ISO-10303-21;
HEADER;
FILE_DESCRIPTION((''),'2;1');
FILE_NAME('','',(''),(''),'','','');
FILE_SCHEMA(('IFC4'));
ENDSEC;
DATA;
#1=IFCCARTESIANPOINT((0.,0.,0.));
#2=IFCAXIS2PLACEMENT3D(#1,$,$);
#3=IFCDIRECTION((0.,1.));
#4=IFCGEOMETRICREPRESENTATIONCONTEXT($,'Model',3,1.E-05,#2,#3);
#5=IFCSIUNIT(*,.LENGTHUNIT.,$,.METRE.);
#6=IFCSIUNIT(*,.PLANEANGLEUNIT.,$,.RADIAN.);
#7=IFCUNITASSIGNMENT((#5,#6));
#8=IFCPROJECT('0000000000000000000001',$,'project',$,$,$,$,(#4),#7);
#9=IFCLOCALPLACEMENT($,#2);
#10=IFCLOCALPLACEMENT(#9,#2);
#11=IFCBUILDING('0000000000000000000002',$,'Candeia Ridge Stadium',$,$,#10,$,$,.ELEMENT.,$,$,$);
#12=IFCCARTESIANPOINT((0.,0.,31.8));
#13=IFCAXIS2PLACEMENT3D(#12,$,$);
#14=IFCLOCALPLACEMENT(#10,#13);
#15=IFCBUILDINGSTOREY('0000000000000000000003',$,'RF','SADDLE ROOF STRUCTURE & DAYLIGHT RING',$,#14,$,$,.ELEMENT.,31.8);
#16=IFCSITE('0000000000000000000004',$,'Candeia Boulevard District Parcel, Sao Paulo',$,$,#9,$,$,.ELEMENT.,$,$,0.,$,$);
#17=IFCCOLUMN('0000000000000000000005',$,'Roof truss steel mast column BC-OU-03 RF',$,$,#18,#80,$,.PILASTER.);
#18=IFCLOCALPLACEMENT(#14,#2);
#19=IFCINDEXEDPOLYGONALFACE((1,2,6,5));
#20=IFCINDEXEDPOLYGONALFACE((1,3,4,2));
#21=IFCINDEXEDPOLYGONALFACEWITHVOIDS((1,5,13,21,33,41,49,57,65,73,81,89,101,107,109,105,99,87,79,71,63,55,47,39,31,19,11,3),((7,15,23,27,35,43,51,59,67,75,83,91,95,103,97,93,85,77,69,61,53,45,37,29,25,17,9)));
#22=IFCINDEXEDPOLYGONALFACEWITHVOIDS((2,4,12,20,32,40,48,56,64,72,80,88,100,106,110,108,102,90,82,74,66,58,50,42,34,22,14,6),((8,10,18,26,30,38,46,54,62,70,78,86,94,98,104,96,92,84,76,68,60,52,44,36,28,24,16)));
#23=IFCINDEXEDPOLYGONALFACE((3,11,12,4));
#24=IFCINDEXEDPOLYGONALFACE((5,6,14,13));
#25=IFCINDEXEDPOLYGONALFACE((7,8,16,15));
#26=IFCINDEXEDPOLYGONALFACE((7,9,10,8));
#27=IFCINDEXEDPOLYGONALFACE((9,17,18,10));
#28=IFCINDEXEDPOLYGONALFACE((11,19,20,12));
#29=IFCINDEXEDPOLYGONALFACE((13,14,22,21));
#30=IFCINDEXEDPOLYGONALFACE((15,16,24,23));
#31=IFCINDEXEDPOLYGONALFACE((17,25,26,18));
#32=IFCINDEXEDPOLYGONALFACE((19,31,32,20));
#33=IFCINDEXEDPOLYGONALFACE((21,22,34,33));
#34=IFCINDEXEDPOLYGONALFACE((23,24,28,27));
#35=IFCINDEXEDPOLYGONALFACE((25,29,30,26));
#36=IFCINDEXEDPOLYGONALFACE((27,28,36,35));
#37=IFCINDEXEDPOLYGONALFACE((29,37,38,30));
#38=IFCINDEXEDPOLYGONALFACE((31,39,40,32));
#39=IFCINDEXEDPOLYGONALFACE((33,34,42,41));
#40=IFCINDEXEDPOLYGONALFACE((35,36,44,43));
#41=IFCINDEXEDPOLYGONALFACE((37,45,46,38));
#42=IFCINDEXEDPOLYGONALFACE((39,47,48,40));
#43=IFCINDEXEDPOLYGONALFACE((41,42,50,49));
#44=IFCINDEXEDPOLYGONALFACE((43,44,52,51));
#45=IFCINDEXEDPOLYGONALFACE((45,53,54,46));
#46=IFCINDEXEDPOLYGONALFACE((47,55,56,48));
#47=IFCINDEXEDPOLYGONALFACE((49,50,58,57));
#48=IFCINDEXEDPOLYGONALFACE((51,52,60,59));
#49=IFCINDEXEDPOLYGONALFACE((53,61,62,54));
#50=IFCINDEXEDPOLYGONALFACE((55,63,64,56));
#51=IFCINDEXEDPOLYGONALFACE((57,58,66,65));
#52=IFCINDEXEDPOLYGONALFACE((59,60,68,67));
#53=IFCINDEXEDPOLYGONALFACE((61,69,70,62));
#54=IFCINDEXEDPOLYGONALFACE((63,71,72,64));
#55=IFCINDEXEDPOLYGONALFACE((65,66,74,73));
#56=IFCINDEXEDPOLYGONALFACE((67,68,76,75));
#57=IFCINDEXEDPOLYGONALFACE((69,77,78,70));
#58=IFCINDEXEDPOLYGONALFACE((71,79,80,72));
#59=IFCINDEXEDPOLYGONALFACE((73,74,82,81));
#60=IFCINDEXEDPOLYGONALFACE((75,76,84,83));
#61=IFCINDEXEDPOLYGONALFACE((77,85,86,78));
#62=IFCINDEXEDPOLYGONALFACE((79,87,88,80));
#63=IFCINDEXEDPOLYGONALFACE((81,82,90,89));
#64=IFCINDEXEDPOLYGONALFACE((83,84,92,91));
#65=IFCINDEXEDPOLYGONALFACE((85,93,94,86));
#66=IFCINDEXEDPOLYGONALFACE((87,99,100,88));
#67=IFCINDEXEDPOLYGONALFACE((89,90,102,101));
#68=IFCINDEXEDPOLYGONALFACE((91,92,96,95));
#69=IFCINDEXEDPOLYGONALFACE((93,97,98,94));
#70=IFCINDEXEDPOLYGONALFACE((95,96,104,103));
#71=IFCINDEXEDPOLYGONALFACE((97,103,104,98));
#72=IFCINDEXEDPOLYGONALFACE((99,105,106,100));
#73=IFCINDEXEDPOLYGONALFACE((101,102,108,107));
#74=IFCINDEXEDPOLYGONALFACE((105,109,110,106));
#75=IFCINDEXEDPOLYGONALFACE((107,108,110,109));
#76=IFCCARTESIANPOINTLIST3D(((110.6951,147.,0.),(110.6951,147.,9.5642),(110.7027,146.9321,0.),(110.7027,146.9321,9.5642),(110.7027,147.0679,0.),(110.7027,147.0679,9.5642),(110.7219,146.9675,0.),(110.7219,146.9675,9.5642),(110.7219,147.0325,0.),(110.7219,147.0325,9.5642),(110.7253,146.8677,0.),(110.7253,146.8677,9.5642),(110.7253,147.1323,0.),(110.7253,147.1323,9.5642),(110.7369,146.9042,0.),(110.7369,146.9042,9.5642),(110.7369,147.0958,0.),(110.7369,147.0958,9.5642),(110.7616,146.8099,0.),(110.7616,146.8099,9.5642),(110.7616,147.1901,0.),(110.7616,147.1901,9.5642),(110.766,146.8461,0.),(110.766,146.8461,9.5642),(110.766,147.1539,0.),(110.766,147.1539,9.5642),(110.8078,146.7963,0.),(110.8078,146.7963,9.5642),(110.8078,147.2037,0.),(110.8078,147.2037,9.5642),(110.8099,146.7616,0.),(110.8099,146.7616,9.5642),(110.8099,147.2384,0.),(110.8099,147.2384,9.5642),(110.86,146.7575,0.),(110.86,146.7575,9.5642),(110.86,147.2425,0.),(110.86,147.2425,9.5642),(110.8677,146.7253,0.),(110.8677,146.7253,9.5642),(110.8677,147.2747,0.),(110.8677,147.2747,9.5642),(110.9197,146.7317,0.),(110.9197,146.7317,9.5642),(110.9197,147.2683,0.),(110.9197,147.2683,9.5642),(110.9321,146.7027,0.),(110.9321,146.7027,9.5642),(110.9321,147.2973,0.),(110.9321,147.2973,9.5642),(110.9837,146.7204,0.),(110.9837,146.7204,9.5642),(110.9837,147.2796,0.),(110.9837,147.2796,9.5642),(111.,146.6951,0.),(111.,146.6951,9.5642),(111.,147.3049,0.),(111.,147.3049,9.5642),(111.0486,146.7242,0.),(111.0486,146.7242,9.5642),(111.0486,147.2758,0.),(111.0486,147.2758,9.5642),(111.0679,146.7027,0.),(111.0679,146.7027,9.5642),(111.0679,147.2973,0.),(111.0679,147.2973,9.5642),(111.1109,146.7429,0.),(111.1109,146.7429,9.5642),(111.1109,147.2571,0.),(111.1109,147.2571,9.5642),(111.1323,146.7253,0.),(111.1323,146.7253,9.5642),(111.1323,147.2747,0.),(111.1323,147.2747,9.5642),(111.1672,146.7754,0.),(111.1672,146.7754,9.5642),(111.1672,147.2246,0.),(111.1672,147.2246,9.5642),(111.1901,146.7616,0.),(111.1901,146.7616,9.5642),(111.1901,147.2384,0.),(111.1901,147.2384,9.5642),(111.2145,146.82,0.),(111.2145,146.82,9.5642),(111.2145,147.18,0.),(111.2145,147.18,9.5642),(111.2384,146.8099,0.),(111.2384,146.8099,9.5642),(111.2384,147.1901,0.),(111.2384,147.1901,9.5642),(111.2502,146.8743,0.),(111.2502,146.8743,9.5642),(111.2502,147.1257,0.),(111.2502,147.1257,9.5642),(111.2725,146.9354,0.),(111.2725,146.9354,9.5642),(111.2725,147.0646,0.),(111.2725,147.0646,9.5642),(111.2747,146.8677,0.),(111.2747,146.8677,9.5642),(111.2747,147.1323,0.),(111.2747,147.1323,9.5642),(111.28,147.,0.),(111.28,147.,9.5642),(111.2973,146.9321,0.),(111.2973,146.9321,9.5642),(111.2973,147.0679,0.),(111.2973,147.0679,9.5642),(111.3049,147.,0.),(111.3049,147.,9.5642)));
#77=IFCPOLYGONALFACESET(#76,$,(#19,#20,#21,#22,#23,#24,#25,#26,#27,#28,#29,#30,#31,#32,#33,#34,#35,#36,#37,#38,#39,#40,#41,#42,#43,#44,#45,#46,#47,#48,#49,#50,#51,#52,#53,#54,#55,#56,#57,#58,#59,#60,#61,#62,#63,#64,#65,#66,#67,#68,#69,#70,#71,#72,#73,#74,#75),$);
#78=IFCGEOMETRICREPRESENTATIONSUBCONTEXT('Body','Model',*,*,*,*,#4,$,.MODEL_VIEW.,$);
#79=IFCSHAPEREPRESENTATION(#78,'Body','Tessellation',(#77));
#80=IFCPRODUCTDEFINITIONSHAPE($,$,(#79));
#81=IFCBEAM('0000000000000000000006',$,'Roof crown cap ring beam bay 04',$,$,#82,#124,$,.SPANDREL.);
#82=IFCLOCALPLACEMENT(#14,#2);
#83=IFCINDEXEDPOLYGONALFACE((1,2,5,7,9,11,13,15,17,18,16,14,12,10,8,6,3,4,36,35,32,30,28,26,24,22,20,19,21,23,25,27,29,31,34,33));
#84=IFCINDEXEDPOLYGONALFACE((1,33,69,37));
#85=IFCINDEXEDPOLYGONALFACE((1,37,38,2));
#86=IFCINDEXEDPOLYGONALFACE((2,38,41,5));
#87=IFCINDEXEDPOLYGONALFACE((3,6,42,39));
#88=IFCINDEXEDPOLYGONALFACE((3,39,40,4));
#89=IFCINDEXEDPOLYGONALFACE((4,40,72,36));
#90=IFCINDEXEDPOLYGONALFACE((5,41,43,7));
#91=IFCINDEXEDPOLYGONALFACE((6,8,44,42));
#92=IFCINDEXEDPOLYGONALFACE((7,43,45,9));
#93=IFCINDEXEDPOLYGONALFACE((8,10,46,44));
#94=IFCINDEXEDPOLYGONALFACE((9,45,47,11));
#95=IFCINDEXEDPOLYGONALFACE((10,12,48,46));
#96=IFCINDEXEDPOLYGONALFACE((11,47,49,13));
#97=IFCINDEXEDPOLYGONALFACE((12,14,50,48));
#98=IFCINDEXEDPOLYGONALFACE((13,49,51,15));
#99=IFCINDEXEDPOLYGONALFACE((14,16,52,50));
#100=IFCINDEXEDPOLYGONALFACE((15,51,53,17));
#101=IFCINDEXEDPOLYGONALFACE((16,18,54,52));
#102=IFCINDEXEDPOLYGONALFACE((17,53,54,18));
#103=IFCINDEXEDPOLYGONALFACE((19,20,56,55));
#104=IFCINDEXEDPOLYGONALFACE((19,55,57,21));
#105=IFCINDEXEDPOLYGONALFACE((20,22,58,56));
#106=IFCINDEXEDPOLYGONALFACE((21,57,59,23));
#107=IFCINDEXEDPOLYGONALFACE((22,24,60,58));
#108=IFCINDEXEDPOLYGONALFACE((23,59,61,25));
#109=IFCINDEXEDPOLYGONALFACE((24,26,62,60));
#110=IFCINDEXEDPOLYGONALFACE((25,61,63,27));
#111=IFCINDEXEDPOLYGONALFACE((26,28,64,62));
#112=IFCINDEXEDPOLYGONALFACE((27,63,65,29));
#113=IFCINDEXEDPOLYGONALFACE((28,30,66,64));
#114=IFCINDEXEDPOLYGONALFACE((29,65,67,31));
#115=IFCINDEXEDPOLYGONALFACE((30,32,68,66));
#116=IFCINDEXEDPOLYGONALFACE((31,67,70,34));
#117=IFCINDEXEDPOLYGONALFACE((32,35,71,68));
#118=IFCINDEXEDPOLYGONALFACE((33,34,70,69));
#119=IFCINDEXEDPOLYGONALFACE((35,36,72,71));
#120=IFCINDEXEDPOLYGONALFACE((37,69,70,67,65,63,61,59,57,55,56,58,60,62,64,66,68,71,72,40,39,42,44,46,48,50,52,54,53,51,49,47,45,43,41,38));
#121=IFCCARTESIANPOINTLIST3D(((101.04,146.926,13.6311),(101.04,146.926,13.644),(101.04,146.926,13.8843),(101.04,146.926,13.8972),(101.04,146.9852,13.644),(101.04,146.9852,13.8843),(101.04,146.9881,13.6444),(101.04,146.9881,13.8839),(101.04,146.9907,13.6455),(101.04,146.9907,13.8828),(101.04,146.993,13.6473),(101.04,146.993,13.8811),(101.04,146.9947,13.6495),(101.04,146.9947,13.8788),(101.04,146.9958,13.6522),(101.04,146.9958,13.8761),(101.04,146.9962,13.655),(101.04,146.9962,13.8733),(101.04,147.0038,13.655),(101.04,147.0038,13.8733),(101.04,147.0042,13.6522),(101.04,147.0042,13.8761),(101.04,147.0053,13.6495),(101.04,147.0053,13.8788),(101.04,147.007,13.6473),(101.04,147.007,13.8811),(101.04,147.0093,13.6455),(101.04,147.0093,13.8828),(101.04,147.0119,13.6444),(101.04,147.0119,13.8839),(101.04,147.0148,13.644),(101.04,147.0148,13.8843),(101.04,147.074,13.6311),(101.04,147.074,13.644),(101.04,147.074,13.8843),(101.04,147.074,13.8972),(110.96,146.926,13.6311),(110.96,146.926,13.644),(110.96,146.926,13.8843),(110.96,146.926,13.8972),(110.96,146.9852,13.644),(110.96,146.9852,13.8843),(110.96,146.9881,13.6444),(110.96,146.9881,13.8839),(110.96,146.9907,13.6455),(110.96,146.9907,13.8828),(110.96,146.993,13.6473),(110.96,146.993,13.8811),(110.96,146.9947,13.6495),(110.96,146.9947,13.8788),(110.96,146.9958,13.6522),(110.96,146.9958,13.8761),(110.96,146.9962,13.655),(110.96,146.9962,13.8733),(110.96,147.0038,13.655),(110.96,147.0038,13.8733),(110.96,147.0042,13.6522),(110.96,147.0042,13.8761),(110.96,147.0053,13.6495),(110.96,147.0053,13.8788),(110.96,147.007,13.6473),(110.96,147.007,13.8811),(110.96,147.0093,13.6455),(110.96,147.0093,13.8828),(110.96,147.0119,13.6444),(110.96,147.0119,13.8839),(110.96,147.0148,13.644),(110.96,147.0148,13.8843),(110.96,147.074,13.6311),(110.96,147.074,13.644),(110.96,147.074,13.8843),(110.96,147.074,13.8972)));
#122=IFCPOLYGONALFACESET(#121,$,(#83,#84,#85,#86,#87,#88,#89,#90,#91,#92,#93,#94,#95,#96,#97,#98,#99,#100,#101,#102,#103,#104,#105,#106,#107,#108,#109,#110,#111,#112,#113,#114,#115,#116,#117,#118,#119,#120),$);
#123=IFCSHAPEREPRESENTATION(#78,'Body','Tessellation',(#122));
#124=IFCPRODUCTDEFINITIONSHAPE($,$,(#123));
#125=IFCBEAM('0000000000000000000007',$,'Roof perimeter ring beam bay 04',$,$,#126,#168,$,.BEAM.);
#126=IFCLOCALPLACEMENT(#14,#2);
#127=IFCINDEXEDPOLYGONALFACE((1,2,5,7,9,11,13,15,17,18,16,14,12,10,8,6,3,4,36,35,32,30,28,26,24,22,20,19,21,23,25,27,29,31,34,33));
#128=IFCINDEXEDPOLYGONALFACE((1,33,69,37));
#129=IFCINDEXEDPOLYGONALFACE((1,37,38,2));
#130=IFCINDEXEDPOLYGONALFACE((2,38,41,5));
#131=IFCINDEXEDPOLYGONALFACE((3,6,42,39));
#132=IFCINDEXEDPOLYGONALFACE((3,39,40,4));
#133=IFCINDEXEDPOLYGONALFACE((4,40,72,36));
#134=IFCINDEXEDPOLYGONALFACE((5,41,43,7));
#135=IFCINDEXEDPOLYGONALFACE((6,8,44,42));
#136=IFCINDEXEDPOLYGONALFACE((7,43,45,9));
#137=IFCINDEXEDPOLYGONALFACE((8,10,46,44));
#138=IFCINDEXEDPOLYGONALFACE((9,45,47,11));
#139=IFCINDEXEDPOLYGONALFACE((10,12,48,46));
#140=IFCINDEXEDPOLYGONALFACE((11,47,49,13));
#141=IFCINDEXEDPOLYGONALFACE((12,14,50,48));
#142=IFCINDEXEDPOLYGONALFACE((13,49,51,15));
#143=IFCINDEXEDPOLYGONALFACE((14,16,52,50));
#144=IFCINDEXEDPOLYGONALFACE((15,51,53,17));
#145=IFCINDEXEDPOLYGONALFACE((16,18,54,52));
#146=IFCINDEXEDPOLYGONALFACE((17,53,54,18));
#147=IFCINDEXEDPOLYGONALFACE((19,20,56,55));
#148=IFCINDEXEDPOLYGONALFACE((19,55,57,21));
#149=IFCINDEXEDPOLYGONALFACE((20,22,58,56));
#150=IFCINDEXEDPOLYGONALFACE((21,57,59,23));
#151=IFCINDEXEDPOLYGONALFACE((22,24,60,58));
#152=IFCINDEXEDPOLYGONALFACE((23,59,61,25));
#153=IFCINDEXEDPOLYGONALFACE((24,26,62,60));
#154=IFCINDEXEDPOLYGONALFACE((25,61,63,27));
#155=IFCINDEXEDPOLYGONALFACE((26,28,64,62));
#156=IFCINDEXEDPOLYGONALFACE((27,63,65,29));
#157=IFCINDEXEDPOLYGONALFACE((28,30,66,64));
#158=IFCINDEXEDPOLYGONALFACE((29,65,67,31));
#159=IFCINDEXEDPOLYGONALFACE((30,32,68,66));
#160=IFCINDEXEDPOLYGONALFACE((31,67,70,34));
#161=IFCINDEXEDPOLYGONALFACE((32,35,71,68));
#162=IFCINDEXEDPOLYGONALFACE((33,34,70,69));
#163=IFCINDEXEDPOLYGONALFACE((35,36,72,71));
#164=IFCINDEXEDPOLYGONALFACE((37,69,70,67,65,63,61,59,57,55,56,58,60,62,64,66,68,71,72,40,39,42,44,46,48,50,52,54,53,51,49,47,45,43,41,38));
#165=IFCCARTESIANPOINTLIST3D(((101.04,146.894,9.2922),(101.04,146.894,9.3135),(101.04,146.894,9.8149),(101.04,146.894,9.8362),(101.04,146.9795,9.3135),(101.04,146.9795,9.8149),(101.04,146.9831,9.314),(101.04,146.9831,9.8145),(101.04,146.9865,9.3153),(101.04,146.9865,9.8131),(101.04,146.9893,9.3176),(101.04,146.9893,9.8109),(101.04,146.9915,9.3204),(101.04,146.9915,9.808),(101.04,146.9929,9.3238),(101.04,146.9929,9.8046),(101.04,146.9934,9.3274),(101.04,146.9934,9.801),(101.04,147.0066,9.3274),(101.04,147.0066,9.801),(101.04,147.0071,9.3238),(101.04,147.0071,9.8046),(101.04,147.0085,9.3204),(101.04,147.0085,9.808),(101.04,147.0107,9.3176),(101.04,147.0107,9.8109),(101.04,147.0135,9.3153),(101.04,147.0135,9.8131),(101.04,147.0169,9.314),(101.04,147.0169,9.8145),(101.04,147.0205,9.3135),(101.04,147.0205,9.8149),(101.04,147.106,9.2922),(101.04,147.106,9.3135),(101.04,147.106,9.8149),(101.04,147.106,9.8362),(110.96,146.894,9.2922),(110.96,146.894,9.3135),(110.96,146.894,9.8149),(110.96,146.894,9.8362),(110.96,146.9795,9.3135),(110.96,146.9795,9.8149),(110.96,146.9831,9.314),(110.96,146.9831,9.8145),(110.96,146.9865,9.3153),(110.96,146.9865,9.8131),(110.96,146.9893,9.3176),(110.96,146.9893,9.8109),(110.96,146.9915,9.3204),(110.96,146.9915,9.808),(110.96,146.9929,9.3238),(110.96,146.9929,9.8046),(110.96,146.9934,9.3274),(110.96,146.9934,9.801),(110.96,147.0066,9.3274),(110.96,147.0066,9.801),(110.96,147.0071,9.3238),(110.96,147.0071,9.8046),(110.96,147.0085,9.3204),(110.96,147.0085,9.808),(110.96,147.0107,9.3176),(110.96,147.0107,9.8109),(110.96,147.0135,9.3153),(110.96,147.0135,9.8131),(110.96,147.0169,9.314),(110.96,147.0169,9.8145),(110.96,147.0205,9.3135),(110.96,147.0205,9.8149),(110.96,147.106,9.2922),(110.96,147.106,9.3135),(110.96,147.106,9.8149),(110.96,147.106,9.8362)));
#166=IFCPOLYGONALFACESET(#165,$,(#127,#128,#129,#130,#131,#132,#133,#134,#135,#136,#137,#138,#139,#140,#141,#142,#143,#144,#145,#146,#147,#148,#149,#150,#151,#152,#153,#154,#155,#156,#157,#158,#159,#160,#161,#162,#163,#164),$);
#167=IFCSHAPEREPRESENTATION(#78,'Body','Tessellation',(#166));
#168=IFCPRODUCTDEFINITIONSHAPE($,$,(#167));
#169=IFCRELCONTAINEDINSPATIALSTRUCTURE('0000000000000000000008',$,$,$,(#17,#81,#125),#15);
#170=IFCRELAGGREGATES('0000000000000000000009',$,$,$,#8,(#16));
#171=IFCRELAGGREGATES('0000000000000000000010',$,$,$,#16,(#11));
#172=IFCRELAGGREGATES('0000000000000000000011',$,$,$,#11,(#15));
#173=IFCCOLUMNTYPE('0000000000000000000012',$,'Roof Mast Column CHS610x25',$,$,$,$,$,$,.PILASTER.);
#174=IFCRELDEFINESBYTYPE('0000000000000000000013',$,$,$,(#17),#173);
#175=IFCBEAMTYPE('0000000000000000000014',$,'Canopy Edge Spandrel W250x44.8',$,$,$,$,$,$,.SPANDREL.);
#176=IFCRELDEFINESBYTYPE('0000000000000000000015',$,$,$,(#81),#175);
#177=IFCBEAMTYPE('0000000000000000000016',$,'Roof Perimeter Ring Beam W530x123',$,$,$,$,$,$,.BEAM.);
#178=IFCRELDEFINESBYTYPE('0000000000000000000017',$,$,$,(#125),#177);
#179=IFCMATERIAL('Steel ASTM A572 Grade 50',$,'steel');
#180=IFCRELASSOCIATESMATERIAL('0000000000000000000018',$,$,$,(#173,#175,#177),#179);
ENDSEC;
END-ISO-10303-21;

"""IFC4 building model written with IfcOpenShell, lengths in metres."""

from ifc_helpers import new_model, si_unit, direction, frame, origin, origin_2d, place, context, subcontext, project, spatial, hollow_circle, i_section, extrude, material, material_profile, profile_set, type_object, element, save


model = new_model("IFC4")

# Units and contexts
model_context = context("Model", 3, precision=1e-05, world=origin(), true_north=direction((0.0, 1.0)))
body_context = subcontext(model_context, "Body", "Model", "MODEL_VIEW")
ifc_project = project(units=[si_unit("LENGTHUNIT", "METRE"), si_unit("PLANEANGLEUNIT", "RADIAN")], contexts=[model_context])

# Site, building, storey
site_placement = place(None, origin())
site = spatial("IfcSite", under=ifc_project, at=site_placement, Name="Candeia Boulevard District Parcel, Sao Paulo", CompositionType="ELEMENT", RefElevation=0.0)
building_placement = place(site_placement, origin())
building = spatial("IfcBuilding", under=site, at=building_placement, Name="Candeia Ridge Stadium", CompositionType="ELEMENT")
storey_placement = place(building_placement, frame((0.0, 0.0, 31.8)))
storey = spatial("IfcBuildingStorey", under=building, at=storey_placement, Name="RF", Description="SADDLE ROOF STRUCTURE & DAYLIGHT RING", CompositionType="ELEMENT", Elevation=31.8)

# Column
ifc_material_1 = material(Name="Steel ASTM A572 Grade 50", Category="steel")
ifc_material_profile_1 = material_profile(ifc_material_1, hollow_circle(Radius=0.3049, WallThickness=0.0249, at=origin_2d()), Name="CHS610x25", Category="steel")
ifc_profile_set_1 = profile_set([ifc_material_profile_1], Name="Steel ASTM A572 Grade 50")
column_type = type_object("IfcColumnType", Name="Roof Mast Column CHS610x25", PredefinedType="PILASTER", material=ifc_profile_set_1)
column_placement = place(storey_placement, frame((111.0, 147.0, 0.0), z_axis=(0.0, 0.0, 1.0), x_axis=(1.0, 0.0, 0.0)))
element("IfcColumn", 1, at=column_placement, inside=storey, type_object=column_type, Name="Roof truss steel mast column BC-OU-03 RF", PredefinedType="PILASTER", context=body_context, shape_type="SweptSolid", body=[
    extrude(hollow_circle(Radius=0.3049, WallThickness=0.0249, at=origin_2d()), origin(), (0.0, 0.0, 1.0), 9.5642),
])

# Beams
ifc_material_profile_2 = material_profile(ifc_material_1, i_section(OverallWidth=0.1479, OverallDepth=0.2661, WebThickness=0.0076, FlangeThickness=0.0129, FilletRadius=0.011, at=origin_2d()), Name="W250x44.8", Category="steel")
ifc_profile_set_2 = profile_set([ifc_material_profile_2], Name="Steel ASTM A572 Grade 50")
beam_type_1 = type_object("IfcBeamType", Name="Canopy Edge Spandrel W250x44.8", PredefinedType="SPANDREL", material=ifc_profile_set_2)
beam_1_placement = place(storey_placement, frame((110.96, 147.0, 13.7642), z_axis=(-1.0, 0.0, 0.0), x_axis=(0.0, -1.0, 0.0)))
element("IfcBeam", 2, at=beam_1_placement, inside=storey, type_object=beam_type_1, Name="Roof crown cap ring beam bay 04", PredefinedType="SPANDREL", context=body_context, shape_type="SweptSolid", body=[
    extrude(i_section(OverallWidth=0.1479, OverallDepth=0.2661, WebThickness=0.0076, FlangeThickness=0.0129, FilletRadius=0.011, at=origin_2d()), origin(), (0.0, 0.0, 1.0), 9.9199),
])
ifc_material_profile_3 = material_profile(ifc_material_1, i_section(OverallWidth=0.2119, OverallDepth=0.5439, WebThickness=0.0132, FlangeThickness=0.0212, FilletRadius=0.0139, at=origin_2d()), Name="W530x123", Category="steel")
ifc_profile_set_3 = profile_set([ifc_material_profile_3], Name="Steel ASTM A572 Grade 50")
beam_type_2 = type_object("IfcBeamType", Name="Roof Perimeter Ring Beam W530x123", PredefinedType="BEAM", material=ifc_profile_set_3)
beam_2_placement = place(storey_placement, frame((110.96, 147.0, 9.5642), z_axis=(-1.0, 0.0, 0.0), x_axis=(0.0, -1.0, 0.0)))
element("IfcBeam", 3, at=beam_2_placement, inside=storey, type_object=beam_type_2, Name="Roof perimeter ring beam bay 04", PredefinedType="BEAM", context=body_context, shape_type="SweptSolid", body=[
    extrude(i_section(OverallWidth=0.2119, OverallDepth=0.5439, WebThickness=0.0132, FlangeThickness=0.0212, FilletRadius=0.0139, at=origin_2d()), origin(), (0.0, 0.0, 1.0), 9.9199),
])

save(model, "model.ifc")
